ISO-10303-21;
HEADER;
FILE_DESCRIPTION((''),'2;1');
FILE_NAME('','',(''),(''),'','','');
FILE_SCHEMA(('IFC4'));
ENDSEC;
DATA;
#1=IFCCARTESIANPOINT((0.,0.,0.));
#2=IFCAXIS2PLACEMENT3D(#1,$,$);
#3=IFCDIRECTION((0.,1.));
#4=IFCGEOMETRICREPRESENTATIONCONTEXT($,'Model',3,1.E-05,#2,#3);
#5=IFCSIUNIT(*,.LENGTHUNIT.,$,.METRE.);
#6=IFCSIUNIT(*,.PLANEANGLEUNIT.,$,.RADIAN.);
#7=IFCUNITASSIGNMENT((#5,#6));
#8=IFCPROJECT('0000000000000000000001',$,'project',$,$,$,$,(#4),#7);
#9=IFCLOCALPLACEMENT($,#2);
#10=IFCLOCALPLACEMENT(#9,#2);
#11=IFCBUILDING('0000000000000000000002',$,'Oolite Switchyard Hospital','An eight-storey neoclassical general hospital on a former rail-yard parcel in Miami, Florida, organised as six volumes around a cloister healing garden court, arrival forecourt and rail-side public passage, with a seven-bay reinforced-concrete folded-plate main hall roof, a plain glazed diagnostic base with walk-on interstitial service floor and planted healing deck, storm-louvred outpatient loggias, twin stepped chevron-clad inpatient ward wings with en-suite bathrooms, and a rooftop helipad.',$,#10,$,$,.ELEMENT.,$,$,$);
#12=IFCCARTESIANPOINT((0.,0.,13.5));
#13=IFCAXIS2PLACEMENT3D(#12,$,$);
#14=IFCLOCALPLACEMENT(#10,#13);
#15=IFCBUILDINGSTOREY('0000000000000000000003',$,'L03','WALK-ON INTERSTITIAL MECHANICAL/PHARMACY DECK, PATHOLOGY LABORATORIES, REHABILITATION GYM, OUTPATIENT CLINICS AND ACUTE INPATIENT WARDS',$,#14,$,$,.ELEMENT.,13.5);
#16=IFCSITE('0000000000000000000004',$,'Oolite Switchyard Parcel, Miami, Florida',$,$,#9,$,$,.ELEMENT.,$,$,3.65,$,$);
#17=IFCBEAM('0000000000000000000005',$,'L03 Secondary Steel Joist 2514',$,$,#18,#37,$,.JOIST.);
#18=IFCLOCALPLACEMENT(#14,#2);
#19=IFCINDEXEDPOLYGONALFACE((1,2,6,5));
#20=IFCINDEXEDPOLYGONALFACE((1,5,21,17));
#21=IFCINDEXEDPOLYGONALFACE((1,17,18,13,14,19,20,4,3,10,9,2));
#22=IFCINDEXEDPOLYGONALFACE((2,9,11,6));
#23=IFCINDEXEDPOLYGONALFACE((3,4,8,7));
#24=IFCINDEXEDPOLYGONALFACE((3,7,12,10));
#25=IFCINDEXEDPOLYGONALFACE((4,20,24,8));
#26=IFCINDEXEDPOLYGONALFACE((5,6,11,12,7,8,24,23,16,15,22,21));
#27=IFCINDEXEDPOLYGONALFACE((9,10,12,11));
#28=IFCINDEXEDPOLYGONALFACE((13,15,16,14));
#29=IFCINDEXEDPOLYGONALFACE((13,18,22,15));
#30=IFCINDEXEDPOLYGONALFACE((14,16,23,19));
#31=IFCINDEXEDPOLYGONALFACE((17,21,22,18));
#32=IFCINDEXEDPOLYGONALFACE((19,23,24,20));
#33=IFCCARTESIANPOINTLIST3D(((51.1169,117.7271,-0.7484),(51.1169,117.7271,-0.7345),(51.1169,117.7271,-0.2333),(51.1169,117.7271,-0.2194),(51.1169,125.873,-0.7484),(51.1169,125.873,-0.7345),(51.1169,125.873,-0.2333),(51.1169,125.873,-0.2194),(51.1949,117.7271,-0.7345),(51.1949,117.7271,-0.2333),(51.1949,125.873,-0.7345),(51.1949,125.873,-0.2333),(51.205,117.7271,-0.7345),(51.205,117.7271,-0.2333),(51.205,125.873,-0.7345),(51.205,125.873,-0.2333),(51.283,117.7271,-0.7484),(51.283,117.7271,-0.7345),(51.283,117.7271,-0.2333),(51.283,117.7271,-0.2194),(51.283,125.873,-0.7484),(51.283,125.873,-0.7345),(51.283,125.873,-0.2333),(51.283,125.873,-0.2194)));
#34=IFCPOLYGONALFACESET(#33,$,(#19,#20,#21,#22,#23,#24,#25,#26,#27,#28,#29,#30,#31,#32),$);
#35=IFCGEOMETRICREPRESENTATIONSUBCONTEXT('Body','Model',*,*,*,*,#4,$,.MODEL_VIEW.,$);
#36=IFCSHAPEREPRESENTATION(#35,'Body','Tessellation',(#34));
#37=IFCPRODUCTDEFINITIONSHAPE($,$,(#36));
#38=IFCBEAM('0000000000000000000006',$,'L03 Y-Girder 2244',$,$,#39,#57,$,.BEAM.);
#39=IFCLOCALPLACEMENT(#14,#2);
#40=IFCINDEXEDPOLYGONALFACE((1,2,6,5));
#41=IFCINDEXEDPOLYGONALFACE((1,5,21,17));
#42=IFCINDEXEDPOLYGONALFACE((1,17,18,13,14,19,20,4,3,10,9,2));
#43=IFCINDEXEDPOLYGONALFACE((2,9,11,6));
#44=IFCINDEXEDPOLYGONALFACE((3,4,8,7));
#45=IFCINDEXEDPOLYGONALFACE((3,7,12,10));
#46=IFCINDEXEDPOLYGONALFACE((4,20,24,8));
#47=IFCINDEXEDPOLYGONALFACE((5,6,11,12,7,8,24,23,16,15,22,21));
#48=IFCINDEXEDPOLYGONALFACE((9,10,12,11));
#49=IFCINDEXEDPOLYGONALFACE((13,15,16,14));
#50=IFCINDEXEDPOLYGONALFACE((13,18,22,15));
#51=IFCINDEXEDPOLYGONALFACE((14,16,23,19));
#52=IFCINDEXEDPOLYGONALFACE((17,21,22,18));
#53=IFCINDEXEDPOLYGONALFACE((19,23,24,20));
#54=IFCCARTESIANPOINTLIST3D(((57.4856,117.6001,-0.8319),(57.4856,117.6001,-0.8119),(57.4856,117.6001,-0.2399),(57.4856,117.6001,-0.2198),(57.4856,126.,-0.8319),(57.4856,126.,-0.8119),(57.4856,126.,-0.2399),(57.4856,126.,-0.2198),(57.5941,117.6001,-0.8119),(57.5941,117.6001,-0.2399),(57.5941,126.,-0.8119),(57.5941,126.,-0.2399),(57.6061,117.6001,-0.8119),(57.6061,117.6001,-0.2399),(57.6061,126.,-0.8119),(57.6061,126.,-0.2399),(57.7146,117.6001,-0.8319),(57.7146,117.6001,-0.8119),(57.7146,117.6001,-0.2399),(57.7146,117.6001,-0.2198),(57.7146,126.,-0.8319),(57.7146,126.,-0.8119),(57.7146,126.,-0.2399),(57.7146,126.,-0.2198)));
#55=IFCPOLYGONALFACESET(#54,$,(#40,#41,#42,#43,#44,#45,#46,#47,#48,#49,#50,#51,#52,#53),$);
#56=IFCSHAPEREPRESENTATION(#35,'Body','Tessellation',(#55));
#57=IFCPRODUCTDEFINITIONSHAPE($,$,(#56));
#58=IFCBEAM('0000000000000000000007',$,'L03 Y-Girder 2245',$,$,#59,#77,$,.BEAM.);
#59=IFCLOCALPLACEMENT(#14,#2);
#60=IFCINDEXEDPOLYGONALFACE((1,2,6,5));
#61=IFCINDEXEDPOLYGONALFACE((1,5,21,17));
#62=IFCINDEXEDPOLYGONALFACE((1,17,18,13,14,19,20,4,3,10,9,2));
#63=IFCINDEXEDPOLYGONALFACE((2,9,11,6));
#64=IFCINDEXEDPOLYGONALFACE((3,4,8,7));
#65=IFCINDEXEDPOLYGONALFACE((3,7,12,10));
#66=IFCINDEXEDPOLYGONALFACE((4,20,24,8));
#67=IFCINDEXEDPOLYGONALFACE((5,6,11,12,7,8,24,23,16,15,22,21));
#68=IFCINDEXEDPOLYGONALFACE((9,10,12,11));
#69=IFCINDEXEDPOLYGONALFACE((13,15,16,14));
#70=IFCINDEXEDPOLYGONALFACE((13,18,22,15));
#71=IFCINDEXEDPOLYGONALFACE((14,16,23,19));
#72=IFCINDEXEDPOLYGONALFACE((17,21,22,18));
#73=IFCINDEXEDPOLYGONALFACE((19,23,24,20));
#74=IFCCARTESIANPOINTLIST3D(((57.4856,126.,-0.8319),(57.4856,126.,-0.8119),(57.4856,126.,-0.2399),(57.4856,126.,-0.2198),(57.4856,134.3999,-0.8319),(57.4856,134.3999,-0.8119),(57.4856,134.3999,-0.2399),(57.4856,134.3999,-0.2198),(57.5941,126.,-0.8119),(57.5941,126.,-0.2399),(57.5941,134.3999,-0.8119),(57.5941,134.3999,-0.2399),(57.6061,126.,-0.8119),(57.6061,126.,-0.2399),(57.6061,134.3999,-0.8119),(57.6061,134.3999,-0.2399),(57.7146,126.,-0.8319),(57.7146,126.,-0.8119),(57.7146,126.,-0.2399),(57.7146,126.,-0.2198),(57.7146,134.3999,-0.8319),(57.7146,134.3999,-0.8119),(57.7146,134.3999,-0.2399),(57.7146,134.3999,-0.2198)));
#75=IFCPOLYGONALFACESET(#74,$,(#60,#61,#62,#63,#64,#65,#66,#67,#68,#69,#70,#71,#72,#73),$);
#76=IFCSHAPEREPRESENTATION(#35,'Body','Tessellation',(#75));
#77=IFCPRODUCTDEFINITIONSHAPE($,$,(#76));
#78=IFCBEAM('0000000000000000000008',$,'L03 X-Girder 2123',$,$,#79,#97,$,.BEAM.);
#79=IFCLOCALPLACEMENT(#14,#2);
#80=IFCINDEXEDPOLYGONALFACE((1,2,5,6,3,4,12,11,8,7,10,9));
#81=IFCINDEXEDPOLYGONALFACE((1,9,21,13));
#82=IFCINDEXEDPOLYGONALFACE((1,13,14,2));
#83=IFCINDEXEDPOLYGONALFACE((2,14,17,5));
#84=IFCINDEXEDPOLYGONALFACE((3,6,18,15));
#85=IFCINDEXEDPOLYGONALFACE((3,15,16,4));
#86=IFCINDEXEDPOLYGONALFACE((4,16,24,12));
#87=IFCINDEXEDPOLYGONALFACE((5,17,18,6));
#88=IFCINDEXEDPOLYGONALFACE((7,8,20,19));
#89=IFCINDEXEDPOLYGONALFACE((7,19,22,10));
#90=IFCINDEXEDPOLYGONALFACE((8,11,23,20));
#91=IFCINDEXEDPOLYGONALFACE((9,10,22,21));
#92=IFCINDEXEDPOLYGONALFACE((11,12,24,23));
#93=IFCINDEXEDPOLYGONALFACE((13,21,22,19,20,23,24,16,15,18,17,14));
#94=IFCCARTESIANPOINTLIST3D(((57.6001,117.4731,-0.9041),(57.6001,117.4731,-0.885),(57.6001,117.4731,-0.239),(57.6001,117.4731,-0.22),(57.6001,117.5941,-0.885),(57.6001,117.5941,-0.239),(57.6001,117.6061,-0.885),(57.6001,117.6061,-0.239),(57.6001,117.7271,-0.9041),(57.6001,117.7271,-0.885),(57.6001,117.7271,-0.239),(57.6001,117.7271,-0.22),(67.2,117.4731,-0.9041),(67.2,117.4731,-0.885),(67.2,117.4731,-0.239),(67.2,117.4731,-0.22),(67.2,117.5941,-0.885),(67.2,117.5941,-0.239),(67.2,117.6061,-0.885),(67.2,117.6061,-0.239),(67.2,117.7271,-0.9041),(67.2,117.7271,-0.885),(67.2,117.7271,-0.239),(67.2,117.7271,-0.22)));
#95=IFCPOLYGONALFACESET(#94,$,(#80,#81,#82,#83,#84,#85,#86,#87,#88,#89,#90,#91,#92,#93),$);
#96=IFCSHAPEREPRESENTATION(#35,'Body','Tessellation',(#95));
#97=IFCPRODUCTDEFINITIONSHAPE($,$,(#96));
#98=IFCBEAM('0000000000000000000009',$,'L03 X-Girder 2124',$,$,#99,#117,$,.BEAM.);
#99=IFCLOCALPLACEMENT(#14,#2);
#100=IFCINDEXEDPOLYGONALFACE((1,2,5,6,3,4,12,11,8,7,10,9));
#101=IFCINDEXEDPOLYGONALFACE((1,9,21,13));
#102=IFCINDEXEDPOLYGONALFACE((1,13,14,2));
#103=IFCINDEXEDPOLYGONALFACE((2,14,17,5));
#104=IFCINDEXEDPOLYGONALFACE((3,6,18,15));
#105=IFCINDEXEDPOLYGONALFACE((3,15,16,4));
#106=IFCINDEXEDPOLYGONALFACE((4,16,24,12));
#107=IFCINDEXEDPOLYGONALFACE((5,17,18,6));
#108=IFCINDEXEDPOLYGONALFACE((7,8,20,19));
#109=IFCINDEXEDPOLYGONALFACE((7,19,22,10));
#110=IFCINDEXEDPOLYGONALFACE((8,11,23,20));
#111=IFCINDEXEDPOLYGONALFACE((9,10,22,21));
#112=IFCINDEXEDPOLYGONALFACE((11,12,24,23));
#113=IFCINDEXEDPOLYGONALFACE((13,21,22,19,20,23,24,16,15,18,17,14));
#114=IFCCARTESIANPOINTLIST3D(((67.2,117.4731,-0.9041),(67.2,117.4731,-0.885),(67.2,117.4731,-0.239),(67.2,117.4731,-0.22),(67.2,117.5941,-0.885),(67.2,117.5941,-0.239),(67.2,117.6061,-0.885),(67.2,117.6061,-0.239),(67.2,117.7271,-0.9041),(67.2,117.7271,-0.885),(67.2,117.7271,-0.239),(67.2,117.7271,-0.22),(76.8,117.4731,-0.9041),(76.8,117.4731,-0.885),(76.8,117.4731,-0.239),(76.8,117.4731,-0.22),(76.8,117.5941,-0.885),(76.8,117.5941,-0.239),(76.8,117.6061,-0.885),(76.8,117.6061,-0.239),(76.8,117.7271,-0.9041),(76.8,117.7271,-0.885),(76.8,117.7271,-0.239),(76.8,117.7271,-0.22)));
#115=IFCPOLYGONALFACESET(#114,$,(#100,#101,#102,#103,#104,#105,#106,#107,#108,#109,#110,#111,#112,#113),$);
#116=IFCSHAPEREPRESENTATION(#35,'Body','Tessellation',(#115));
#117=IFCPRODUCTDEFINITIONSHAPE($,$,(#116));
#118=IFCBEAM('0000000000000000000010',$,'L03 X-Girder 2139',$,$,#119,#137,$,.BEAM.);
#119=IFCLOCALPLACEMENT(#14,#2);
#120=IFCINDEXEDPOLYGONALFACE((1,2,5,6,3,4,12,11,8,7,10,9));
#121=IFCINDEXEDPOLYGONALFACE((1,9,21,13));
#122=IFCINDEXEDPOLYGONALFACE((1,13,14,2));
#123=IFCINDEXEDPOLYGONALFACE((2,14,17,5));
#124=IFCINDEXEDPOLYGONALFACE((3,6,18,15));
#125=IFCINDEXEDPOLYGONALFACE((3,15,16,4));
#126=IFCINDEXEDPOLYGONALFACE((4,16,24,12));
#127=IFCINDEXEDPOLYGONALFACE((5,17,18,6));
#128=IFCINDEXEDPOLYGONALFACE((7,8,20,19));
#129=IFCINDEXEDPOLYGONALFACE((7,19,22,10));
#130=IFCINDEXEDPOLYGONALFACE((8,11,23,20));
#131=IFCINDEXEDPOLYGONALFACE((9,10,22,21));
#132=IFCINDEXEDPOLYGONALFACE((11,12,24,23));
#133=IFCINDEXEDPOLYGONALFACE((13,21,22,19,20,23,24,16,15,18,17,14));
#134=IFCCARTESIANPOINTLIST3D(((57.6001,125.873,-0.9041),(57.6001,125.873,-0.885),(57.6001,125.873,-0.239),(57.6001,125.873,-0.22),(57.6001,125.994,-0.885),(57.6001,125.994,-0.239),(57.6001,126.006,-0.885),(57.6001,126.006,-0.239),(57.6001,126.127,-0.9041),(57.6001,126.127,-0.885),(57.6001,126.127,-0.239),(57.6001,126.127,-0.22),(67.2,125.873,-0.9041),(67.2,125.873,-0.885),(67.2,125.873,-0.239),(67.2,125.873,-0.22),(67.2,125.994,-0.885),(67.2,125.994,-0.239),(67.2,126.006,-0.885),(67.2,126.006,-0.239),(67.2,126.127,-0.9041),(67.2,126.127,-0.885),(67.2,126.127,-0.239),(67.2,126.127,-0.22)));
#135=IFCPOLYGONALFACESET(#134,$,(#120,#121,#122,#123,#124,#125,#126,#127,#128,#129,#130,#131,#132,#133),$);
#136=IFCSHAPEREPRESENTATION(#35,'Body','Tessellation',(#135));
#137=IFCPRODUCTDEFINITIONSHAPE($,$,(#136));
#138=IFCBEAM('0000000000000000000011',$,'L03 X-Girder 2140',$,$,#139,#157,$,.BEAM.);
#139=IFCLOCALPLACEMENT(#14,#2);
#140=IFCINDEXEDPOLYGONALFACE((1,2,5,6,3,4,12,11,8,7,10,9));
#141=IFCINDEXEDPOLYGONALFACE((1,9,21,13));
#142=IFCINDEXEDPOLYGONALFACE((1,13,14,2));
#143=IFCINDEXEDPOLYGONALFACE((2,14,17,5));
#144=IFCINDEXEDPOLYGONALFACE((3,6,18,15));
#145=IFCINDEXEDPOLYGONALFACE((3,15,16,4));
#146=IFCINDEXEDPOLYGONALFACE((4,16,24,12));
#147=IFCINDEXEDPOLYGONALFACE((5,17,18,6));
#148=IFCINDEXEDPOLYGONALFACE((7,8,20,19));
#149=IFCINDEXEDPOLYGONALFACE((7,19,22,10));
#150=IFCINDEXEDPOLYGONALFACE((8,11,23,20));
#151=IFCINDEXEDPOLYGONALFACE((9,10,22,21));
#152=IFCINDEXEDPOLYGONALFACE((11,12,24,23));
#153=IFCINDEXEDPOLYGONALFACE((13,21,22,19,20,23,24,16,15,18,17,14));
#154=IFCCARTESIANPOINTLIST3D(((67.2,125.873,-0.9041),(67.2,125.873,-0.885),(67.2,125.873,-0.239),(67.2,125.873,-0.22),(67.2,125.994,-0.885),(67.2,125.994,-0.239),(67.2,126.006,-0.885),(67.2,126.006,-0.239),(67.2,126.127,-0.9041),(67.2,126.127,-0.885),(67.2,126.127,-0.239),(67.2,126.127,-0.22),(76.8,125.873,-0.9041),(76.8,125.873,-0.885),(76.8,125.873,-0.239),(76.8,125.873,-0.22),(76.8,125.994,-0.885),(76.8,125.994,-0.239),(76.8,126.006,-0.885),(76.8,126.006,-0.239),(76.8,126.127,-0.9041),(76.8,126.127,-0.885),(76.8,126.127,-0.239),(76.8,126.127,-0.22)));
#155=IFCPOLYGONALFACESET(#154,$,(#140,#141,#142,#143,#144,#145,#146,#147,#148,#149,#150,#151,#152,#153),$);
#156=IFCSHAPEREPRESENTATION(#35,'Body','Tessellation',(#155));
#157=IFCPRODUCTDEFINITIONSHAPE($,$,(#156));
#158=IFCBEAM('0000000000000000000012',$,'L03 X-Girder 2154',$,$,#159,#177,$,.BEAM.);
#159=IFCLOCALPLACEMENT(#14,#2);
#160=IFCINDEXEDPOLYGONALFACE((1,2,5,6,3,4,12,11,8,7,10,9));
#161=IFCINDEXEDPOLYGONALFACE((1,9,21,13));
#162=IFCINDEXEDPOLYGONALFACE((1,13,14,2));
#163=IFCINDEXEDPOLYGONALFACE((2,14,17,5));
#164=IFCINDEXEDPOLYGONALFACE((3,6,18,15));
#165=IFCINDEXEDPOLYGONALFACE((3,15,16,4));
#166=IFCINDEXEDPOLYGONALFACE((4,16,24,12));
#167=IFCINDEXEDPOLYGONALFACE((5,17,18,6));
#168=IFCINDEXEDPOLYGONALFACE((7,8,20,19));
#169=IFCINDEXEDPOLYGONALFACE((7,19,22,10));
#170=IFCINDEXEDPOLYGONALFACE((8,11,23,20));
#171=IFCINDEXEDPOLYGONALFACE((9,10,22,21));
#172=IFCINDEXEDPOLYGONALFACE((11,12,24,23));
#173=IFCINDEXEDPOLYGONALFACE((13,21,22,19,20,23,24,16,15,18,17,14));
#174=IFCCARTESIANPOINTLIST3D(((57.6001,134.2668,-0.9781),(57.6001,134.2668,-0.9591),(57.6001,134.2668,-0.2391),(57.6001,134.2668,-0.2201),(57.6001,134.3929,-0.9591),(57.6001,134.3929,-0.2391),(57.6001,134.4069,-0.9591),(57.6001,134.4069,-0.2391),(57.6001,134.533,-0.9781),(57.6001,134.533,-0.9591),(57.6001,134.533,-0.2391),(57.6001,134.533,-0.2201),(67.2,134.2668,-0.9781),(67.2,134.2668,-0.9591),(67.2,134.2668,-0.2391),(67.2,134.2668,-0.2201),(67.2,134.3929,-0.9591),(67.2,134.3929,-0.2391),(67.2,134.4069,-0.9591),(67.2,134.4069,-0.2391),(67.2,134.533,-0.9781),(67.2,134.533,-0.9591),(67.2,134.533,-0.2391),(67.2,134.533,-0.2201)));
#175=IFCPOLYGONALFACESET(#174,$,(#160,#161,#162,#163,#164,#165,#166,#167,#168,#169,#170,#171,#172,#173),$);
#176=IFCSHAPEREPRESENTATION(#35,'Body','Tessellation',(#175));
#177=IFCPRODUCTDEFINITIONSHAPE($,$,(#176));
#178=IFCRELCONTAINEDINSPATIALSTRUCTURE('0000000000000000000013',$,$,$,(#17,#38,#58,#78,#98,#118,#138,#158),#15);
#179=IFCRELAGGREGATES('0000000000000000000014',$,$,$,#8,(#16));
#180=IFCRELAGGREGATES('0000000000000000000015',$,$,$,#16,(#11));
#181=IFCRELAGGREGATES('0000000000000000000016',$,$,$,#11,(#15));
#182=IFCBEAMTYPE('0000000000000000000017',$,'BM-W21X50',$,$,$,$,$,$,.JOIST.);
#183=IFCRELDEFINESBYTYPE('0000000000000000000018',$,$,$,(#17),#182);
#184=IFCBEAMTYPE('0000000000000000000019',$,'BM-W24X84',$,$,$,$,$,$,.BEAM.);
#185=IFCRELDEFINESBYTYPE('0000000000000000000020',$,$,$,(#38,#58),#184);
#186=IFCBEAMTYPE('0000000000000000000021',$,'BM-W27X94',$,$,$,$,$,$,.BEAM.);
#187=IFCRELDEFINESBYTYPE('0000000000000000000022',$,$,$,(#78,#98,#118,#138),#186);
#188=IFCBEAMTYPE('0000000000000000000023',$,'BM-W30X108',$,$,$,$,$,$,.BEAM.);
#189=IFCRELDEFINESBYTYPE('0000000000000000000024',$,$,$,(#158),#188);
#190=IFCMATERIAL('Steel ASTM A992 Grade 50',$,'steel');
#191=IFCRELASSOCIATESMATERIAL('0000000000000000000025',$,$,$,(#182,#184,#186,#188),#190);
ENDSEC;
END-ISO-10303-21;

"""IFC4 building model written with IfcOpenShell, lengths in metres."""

from ifc_helpers import new_model, si_unit, direction, frame, origin, origin_2d, place, context, subcontext, project, spatial, i_section, extrude, material, material_profile, profile_set, type_object, element, save


model = new_model("IFC4")

# Units and contexts
model_context = context("Model", 3, precision=1e-05, world=origin(), true_north=direction((0.0, 1.0)))
body_context = subcontext(model_context, "Body", "Model", "MODEL_VIEW")
ifc_project = project(units=[si_unit("LENGTHUNIT", "METRE"), si_unit("PLANEANGLEUNIT", "RADIAN")], contexts=[model_context])

# Site, building, storey
site_placement = place(None, origin())
site = spatial("IfcSite", under=ifc_project, at=site_placement, Name="Oolite Switchyard Parcel, Miami, Florida", CompositionType="ELEMENT", RefElevation=3.65)
building_placement = place(site_placement, origin())
building = spatial("IfcBuilding", under=site, at=building_placement, Name="Oolite Switchyard Hospital", Description="An eight-storey neoclassical general hospital on a former rail-yard parcel in Miami, Florida, organised as six volumes around a cloister healing garden court, arrival forecourt and rail-side public passage, with a seven-bay reinforced-concrete folded-plate main hall roof, a plain glazed diagnostic base with walk-on interstitial service floor and planted healing deck, storm-louvred outpatient loggias, twin stepped chevron-clad inpatient ward wings with en-suite bathrooms, and a rooftop helipad.", CompositionType="ELEMENT")
storey_placement = place(building_placement, frame((0.0, 0.0, 13.5)))
storey = spatial("IfcBuildingStorey", under=building, at=storey_placement, Name="L03", Description="WALK-ON INTERSTITIAL MECHANICAL/PHARMACY DECK, PATHOLOGY LABORATORIES, REHABILITATION GYM, OUTPATIENT CLINICS AND ACUTE INPATIENT WARDS", CompositionType="ELEMENT", Elevation=13.5)

# Beams
ifc_material_1 = material(Name="Steel ASTM A992 Grade 50", Category="steel")
ifc_material_profile_1 = material_profile(ifc_material_1, i_section(OverallWidth=0.166, OverallDepth=0.5291, WebThickness=0.01, FlangeThickness=0.0139, at=origin_2d()), Name="W21X50")
ifc_profile_set_1 = profile_set([ifc_material_profile_1], Name="Steel ASTM A992 Grade 50")
beam_type_1 = type_object("IfcBeamType", Name="BM-W21X50", PredefinedType="JOIST", material=ifc_profile_set_1)
beam_1_placement = place(storey_placement, frame((51.2, 117.7271, -0.4839), z_axis=(0.0, 1.0, 0.0), x_axis=(-1.0, 0.0, 0.0)))
element("IfcBeam", 1, at=beam_1_placement, inside=storey, type_object=beam_type_1, Name="L03 Secondary Steel Joist 2514", PredefinedType="JOIST", context=body_context, shape_type="SweptSolid", body=[
    extrude(i_section(OverallWidth=0.166, OverallDepth=0.5291, WebThickness=0.01, FlangeThickness=0.0139, at=origin_2d()), origin(), (0.0, 0.0, 1.0), 8.146),
])
ifc_material_profile_2 = material_profile(ifc_material_1, i_section(OverallWidth=0.229, OverallDepth=0.6121, WebThickness=0.012, FlangeThickness=0.02, at=origin_2d()), Name="W24X84")
ifc_profile_set_2 = profile_set([ifc_material_profile_2], Name="Steel ASTM A992 Grade 50")
beam_type_2 = type_object("IfcBeamType", Name="BM-W24X84", PredefinedType="BEAM", material=ifc_profile_set_2)
for number, where, z_axis, x_axis, name in (
    (2, (57.6001, 117.6001, -0.5259), (0.0, 1.0, 0.0), (-1.0, 0.0, 0.0), "L03 Y-Girder 2244"),
    (3, (57.6001, 126.0, -0.5259), (0.0, 1.0, 0.0), (-1.0, 0.0, 0.0), "L03 Y-Girder 2245"),
):
    element("IfcBeam", number, at=place(storey_placement, frame(where, z_axis=z_axis, x_axis=x_axis)), inside=storey, type_object=beam_type_2, Name=name, PredefinedType="BEAM", context=body_context, shape_type="SweptSolid", body=[
        extrude(i_section(OverallWidth=0.229, OverallDepth=0.6121, WebThickness=0.012, FlangeThickness=0.02, at=origin_2d()), origin(), (0.0, 0.0, 1.0), 8.3999),
    ])
ifc_material_profile_3 = material_profile(ifc_material_1, i_section(OverallWidth=0.2539, OverallDepth=0.6841, WebThickness=0.012, FlangeThickness=0.019, at=origin_2d()), Name="W27X94")
ifc_profile_set_3 = profile_set([ifc_material_profile_3], Name="Steel ASTM A992 Grade 50")
beam_type_3 = type_object("IfcBeamType", Name="BM-W27X94", PredefinedType="BEAM", material=ifc_profile_set_3)
beam_2_placement = place(storey_placement, frame((57.6001, 117.6001, -0.562), z_axis=(1.0, 0.0, 0.0), x_axis=(0.0, 1.0, 0.0)))
element("IfcBeam", 4, at=beam_2_placement, inside=storey, type_object=beam_type_3, Name="L03 X-Girder 2123", PredefinedType="BEAM", context=body_context, shape_type="SweptSolid", body=[
    extrude(i_section(OverallWidth=0.2539, OverallDepth=0.6841, WebThickness=0.012, FlangeThickness=0.019, at=origin_2d()), origin(), (0.0, 0.0, 1.0), 9.5999),
])
beam_3_placement = place(storey_placement, frame((67.2, 117.6001, -0.562), z_axis=(1.0, 0.0, 0.0), x_axis=(0.0, 1.0, 0.0)))
element("IfcBeam", 5, at=beam_3_placement, inside=storey, type_object=beam_type_3, Name="L03 X-Girder 2124", PredefinedType="BEAM", context=body_context, shape_type="SweptSolid", body=[
    extrude(i_section(OverallWidth=0.2539, OverallDepth=0.6841, WebThickness=0.012, FlangeThickness=0.019, at=origin_2d()), origin(), (0.0, 0.0, 1.0), 9.6001),
])
beam_4_placement = place(storey_placement, frame((57.6001, 126.0, -0.562), z_axis=(1.0, 0.0, 0.0), x_axis=(0.0, 1.0, 0.0)))
element("IfcBeam", 6, at=beam_4_placement, inside=storey, type_object=beam_type_3, Name="L03 X-Girder 2139", PredefinedType="BEAM", context=body_context, shape_type="SweptSolid", body=[
    extrude(i_section(OverallWidth=0.2539, OverallDepth=0.6841, WebThickness=0.012, FlangeThickness=0.019, at=origin_2d()), origin(), (0.0, 0.0, 1.0), 9.5999),
])
beam_5_placement = place(storey_placement, frame((67.2, 126.0, -0.562), z_axis=(1.0, 0.0, 0.0), x_axis=(0.0, 1.0, 0.0)))
element("IfcBeam", 7, at=beam_5_placement, inside=storey, type_object=beam_type_3, Name="L03 X-Girder 2140", PredefinedType="BEAM", context=body_context, shape_type="SweptSolid", body=[
    extrude(i_section(OverallWidth=0.2539, OverallDepth=0.6841, WebThickness=0.012, FlangeThickness=0.019, at=origin_2d()), origin(), (0.0, 0.0, 1.0), 9.6001),
])
ifc_material_profile_4 = material_profile(ifc_material_1, i_section(OverallWidth=0.2661, OverallDepth=0.7581, WebThickness=0.0139, FlangeThickness=0.019, at=origin_2d()), Name="W30X108")
ifc_profile_set_4 = profile_set([ifc_material_profile_4], Name="Steel ASTM A992 Grade 50")
beam_type_4 = type_object("IfcBeamType", Name="BM-W30X108", PredefinedType="BEAM", material=ifc_profile_set_4)
beam_6_placement = place(storey_placement, frame((57.6001, 134.3999, -0.5991), z_axis=(1.0, 0.0, 0.0), x_axis=(0.0, 1.0, 0.0)))
element("IfcBeam", 8, at=beam_6_placement, inside=storey, type_object=beam_type_4, Name="L03 X-Girder 2154", PredefinedType="BEAM", context=body_context, shape_type="SweptSolid", body=[
    extrude(i_section(OverallWidth=0.2661, OverallDepth=0.7581, WebThickness=0.0139, FlangeThickness=0.019, at=origin_2d()), origin(), (0.0, 0.0, 1.0), 9.5999),
])

save(model, "model.ifc")
